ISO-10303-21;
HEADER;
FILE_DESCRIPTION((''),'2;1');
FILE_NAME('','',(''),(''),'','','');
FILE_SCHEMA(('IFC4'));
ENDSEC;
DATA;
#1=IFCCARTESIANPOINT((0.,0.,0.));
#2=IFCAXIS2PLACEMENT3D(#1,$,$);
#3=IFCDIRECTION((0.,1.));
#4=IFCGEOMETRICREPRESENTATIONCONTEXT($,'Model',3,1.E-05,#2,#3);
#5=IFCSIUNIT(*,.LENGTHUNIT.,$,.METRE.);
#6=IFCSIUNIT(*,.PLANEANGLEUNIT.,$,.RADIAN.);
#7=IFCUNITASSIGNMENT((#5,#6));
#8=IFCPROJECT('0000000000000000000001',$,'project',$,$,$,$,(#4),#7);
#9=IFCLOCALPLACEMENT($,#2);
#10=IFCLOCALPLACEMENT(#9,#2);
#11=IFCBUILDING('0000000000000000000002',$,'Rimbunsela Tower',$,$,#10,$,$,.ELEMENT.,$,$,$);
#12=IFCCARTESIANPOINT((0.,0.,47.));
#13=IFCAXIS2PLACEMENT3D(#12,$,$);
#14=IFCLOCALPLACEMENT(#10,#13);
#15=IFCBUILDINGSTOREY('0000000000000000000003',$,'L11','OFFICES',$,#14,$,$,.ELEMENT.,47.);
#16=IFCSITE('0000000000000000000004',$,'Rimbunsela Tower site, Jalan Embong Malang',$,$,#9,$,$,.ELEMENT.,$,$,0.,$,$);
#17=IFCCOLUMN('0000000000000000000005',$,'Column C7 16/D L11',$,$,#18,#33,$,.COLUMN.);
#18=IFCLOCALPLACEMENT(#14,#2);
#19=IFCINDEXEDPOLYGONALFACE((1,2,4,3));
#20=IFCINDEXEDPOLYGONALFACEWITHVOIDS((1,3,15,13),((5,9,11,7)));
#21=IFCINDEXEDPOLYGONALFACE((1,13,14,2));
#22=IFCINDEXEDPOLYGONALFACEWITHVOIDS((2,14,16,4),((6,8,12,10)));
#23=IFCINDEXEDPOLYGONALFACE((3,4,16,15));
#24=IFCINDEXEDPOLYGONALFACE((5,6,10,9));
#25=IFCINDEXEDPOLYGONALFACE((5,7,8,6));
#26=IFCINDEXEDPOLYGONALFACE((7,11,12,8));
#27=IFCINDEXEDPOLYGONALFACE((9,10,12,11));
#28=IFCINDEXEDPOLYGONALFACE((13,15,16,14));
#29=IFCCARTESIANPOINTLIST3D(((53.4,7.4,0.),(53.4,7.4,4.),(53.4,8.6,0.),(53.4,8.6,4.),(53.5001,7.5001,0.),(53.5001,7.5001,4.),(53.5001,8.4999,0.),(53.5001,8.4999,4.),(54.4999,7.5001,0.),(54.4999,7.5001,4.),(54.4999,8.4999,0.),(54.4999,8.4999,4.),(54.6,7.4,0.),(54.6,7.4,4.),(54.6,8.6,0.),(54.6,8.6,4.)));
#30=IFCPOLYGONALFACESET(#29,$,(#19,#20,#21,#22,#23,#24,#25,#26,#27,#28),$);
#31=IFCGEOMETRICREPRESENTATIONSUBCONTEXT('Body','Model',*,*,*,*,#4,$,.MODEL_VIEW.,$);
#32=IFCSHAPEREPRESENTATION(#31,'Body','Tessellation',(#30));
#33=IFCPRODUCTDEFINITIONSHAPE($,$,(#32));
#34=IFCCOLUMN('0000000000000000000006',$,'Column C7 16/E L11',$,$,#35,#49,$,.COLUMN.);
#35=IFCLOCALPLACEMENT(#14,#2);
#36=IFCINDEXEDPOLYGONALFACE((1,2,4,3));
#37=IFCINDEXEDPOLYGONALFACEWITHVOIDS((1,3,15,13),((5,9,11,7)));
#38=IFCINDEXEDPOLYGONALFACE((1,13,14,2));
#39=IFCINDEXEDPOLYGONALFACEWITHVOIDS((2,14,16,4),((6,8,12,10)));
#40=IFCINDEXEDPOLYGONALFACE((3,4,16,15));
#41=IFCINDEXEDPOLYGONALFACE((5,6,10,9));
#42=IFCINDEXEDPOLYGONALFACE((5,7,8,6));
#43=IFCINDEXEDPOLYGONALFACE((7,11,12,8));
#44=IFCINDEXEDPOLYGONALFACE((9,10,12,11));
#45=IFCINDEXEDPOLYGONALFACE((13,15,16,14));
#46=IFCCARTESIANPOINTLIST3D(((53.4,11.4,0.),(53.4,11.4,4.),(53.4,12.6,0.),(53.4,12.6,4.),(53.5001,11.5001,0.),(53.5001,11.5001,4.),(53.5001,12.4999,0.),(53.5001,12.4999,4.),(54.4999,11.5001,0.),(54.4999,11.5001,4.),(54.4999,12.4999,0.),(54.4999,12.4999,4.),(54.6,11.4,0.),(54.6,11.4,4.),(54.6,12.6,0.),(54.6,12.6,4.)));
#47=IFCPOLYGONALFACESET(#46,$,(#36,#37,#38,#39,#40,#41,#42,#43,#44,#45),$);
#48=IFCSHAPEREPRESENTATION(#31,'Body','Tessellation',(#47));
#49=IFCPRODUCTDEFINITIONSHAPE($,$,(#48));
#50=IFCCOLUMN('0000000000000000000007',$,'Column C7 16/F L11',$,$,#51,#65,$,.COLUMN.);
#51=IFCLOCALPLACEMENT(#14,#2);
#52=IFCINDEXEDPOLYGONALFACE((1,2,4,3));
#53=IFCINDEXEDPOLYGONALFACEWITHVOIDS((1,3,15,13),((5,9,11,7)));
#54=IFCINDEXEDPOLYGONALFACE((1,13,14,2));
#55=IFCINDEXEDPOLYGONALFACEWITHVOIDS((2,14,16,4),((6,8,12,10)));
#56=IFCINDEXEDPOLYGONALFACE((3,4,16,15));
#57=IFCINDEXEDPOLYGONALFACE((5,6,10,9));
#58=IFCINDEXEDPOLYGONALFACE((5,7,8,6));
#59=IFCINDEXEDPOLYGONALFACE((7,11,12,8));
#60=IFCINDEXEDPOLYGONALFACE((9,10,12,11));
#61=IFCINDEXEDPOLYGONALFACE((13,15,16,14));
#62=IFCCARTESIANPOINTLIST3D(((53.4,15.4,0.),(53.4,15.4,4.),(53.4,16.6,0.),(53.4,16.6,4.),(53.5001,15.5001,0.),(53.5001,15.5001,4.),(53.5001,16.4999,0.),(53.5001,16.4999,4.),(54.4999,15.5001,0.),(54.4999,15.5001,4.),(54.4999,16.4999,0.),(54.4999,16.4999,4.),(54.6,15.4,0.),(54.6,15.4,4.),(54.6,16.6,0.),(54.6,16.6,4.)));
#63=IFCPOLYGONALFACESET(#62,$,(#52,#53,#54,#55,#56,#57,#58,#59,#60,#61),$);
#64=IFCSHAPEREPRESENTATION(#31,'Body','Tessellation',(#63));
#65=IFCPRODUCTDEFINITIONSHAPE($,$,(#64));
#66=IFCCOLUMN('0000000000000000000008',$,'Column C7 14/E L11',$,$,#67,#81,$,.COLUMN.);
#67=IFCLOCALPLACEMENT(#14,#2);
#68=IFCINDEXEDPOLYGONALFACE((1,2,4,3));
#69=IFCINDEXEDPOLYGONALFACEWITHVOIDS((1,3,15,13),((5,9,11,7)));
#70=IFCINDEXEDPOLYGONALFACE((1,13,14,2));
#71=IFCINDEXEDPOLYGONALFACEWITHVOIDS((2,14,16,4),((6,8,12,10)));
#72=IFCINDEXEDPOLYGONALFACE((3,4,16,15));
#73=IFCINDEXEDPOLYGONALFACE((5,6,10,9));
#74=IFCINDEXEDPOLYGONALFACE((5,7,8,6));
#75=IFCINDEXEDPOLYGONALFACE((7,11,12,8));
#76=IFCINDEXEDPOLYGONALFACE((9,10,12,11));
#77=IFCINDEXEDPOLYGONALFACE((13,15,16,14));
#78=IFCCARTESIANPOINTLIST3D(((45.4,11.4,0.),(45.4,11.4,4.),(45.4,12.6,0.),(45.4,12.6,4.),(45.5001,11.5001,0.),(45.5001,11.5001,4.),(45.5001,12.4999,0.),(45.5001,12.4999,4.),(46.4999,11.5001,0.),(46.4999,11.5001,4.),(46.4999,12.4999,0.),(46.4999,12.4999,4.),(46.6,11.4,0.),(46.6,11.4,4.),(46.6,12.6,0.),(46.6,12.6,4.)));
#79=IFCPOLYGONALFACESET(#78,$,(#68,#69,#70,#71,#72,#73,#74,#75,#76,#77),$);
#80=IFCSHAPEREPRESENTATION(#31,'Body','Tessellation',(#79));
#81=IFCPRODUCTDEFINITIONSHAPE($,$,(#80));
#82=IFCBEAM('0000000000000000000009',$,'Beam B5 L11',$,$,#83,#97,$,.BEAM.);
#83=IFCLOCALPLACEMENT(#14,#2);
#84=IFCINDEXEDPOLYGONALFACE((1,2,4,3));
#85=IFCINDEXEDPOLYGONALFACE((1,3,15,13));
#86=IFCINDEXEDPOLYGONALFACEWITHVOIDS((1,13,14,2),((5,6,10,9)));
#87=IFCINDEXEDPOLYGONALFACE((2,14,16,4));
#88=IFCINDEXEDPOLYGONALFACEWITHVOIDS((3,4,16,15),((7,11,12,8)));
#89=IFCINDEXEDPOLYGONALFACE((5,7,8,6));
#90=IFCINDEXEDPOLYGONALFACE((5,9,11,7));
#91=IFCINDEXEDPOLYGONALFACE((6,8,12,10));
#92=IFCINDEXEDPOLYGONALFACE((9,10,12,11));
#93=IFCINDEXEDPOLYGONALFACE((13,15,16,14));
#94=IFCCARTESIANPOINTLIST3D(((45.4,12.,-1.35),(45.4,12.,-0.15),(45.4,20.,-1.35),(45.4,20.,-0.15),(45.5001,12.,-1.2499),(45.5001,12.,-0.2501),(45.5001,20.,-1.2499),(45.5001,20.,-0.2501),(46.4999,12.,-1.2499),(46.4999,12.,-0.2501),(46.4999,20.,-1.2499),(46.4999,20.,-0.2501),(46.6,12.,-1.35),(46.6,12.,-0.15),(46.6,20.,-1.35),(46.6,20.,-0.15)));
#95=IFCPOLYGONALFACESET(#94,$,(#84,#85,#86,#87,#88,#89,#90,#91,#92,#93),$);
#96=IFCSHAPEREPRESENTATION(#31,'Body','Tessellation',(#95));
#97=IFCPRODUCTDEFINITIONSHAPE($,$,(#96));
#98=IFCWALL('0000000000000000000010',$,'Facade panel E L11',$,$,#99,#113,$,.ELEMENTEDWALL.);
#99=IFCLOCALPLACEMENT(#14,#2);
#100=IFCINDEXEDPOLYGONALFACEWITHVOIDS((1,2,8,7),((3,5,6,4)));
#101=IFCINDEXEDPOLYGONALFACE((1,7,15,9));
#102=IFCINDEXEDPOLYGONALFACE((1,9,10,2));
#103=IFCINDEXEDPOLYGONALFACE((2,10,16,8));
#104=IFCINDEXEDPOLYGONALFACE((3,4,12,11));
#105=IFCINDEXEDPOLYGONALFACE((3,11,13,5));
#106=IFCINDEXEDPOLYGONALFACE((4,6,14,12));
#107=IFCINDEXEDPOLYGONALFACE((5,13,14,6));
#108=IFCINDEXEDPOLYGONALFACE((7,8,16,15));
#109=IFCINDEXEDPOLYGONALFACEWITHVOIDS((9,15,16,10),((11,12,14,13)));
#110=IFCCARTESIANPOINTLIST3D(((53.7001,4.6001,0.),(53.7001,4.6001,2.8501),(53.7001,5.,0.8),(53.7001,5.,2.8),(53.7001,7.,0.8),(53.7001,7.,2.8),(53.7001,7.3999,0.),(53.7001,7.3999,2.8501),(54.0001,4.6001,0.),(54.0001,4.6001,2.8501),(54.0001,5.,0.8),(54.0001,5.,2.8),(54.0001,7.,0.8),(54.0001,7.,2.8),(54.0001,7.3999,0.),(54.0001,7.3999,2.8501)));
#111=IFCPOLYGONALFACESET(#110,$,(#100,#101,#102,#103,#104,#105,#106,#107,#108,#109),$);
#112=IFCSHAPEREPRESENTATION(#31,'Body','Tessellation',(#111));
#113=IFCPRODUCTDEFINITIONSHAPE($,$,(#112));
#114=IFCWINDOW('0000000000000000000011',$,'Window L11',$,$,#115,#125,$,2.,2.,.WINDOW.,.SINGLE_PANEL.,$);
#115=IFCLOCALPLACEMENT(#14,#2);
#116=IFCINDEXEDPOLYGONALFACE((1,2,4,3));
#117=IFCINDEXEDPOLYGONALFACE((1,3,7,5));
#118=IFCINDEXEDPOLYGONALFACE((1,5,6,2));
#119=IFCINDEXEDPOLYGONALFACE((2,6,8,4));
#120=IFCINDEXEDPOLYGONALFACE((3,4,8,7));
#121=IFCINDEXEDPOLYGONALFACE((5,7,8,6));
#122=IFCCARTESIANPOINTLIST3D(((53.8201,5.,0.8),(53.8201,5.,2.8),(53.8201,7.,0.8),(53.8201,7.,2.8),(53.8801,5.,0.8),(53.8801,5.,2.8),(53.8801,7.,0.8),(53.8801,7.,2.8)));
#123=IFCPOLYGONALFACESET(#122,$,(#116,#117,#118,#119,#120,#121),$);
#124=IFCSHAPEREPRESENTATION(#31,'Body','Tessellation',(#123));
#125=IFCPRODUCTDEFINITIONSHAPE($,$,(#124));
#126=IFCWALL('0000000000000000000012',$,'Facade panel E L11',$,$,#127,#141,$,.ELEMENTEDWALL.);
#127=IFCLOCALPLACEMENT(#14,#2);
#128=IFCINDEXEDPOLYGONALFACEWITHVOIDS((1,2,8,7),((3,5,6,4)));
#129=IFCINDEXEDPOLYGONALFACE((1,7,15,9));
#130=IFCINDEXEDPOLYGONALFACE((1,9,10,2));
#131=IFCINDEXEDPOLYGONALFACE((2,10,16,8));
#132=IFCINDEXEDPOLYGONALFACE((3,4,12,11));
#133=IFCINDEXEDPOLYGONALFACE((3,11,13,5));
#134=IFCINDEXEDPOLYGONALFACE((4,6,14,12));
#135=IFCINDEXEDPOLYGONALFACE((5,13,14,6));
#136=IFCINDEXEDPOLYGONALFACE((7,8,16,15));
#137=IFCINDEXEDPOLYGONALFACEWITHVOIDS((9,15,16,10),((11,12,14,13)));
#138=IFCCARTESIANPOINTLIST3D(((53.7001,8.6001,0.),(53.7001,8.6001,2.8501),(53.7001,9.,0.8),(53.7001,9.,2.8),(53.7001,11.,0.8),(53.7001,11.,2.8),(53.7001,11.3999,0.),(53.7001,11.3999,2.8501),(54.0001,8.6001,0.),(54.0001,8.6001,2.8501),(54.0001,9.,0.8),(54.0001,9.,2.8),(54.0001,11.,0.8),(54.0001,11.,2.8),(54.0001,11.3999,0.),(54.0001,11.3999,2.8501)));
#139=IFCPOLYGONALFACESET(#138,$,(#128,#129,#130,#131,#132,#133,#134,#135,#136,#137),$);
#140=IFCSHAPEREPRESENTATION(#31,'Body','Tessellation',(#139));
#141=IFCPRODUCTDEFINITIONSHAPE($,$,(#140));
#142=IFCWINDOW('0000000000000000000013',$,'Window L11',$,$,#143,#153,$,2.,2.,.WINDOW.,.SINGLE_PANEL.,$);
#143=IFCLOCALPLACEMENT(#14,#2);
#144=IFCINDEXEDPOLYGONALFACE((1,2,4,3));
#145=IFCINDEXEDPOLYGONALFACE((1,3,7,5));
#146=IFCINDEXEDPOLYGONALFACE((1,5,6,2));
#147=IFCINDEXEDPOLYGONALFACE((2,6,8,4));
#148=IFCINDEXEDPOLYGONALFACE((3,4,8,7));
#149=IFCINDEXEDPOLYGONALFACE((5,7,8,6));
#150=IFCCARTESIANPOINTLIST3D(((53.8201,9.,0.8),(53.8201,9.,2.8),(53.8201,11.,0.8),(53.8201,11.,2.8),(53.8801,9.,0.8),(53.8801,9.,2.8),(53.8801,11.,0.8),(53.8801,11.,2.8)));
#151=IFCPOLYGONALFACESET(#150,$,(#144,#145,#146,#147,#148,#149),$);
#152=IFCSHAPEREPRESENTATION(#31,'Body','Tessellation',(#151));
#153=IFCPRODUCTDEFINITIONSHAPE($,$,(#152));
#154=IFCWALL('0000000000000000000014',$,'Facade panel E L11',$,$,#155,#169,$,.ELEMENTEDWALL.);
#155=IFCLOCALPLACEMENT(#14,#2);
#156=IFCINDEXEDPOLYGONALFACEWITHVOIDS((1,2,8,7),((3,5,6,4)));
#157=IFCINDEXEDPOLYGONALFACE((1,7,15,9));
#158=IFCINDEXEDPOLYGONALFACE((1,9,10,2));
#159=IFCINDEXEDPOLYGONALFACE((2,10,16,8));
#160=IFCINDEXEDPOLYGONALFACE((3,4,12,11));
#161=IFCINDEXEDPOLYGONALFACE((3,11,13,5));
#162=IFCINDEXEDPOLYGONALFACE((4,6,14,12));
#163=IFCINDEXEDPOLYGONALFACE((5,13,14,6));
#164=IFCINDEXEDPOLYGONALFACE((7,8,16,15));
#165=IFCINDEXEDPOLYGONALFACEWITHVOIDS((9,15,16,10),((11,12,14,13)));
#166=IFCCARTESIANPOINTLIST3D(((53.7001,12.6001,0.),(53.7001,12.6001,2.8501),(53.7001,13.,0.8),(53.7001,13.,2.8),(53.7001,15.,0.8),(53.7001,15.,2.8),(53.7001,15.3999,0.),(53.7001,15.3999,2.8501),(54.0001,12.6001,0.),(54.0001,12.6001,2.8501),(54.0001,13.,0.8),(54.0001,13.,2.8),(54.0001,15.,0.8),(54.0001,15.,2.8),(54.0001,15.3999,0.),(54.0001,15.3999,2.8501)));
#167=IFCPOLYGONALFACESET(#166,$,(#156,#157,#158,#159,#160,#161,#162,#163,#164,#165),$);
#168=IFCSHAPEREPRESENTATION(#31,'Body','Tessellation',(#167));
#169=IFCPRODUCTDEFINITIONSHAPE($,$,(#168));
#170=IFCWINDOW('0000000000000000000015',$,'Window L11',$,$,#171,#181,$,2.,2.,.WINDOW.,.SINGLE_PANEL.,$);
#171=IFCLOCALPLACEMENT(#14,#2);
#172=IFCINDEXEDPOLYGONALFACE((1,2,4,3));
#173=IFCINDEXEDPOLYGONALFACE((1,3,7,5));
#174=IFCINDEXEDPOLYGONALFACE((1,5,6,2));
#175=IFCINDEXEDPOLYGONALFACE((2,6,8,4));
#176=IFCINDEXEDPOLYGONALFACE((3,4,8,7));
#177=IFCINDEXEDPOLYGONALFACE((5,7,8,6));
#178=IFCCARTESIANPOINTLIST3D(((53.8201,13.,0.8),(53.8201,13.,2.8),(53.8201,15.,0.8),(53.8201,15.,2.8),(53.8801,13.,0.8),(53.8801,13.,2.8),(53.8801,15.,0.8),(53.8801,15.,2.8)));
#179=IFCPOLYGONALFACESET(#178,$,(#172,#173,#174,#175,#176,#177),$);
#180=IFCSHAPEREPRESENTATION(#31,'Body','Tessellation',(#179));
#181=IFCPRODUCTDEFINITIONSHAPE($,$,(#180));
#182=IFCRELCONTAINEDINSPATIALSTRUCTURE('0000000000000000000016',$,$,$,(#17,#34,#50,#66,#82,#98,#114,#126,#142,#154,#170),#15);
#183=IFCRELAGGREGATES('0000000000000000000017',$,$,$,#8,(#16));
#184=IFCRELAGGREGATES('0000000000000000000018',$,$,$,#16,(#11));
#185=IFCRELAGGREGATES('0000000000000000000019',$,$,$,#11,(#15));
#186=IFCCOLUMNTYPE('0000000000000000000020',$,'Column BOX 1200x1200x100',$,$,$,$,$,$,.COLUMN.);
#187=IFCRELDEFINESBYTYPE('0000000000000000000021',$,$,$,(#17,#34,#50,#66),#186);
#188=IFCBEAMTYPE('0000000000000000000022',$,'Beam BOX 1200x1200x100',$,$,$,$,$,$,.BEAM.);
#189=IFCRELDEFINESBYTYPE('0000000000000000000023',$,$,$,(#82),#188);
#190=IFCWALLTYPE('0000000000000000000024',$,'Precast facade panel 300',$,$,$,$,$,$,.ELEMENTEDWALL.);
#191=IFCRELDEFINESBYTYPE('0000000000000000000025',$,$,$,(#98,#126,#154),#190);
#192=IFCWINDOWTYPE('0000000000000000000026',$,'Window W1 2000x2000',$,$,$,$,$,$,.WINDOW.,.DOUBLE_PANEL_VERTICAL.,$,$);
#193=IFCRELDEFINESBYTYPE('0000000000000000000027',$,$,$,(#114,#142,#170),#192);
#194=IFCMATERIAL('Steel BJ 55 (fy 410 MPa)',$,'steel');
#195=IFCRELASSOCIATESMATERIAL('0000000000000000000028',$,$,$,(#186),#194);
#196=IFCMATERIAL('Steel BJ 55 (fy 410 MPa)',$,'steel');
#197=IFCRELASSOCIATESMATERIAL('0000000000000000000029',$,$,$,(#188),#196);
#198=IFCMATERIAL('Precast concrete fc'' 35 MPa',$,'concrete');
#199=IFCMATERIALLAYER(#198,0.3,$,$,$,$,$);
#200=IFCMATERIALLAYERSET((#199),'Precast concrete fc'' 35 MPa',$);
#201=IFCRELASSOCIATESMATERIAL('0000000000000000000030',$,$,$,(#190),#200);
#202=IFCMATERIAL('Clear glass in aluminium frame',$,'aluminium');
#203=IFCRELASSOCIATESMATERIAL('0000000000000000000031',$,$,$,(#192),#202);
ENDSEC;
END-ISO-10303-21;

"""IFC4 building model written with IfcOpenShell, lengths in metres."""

from ifc_helpers import new_model, si_unit, direction, frame, frame_2d, origin, origin_2d, place, context, subcontext, project, spatial, rectangle, hollow_rectangle, extrude, material, layer, layer_set, material_profile, profile_set, type_object, element, fill, save


model = new_model("IFC4")

# Units and contexts
model_context = context("Model", 3, precision=1e-05, world=origin(), true_north=direction((0.0, 1.0)))
body_context = subcontext(model_context, "Body", "Model", "MODEL_VIEW")
ifc_project = project(units=[si_unit("LENGTHUNIT", "METRE"), si_unit("PLANEANGLEUNIT", "RADIAN")], contexts=[model_context])

# Site, building, storey
site_placement = place(None, origin())
site = spatial("IfcSite", under=ifc_project, at=site_placement, Name="Rimbunsela Tower site, Jalan Embong Malang", CompositionType="ELEMENT", RefElevation=0.0)
building_placement = place(site_placement, origin())
building = spatial("IfcBuilding", under=site, at=building_placement, Name="Rimbunsela Tower", CompositionType="ELEMENT")
storey_placement = place(building_placement, frame((0.0, 0.0, 47.0)))
storey = spatial("IfcBuildingStorey", under=building, at=storey_placement, Name="L11", Description="OFFICES", CompositionType="ELEMENT", Elevation=47.0)

# Columns
ifc_material_1 = material(Name="Steel BJ 55 (fy 410 MPa)", Category="steel")
ifc_material_profile_1 = material_profile(ifc_material_1, hollow_rectangle(XDim=1.2, YDim=1.2, WallThickness=0.1001, at=origin_2d()), Name="BOX 1200x1200x100")
ifc_profile_set_1 = profile_set([ifc_material_profile_1], Name="Steel BJ 55 (fy 410 MPa)")
column_type = type_object("IfcColumnType", Name="Column BOX 1200x1200x100", PredefinedType="COLUMN", material=ifc_profile_set_1)
for number, where, z_axis, x_axis, name in (
    (1, (54.0, 8.0, 0.0), (0.0, 0.0, 1.0), (1.0, 0.0, 0.0), "Column C7 16/D L11"),
    (2, (54.0, 12.0, 0.0), (0.0, 0.0, 1.0), (1.0, 0.0, 0.0), "Column C7 16/E L11"),
    (3, (54.0, 16.0, 0.0), (0.0, 0.0, 1.0), (1.0, 0.0, 0.0), "Column C7 16/F L11"),
    (4, (46.0, 12.0, 0.0), (0.0, 0.0, 1.0), (1.0, 0.0, 0.0), "Column C7 14/E L11"),
):
    element("IfcColumn", number, at=place(storey_placement, frame(where, z_axis=z_axis, x_axis=x_axis)), inside=storey, type_object=column_type, Name=name, PredefinedType="COLUMN", context=body_context, shape_type="SweptSolid", body=[
        extrude(hollow_rectangle(XDim=1.2, YDim=1.2, WallThickness=0.1001, at=origin_2d()), origin(), (0.0, 0.0, 1.0), 4.0),
    ])

# Beam
ifc_material_2 = material(Name="Steel BJ 55 (fy 410 MPa)", Category="steel")
ifc_material_profile_2 = material_profile(ifc_material_2, hollow_rectangle(XDim=1.2, YDim=1.2, WallThickness=0.1001, at=origin_2d()), Name="BOX 1200x1200x100")
ifc_profile_set_2 = profile_set([ifc_material_profile_2], Name="Steel BJ 55 (fy 410 MPa)")
beam_type = type_object("IfcBeamType", Name="Beam BOX 1200x1200x100", PredefinedType="BEAM", material=ifc_profile_set_2)
beam_placement = place(storey_placement, frame((46.0, 12.0, -0.75), z_axis=(0.0, 1.0, 0.0), x_axis=(-1.0, 0.0, 0.0)))
element("IfcBeam", 5, at=beam_placement, inside=storey, type_object=beam_type, Name="Beam B5 L11", PredefinedType="BEAM", context=body_context, shape_type="SweptSolid", body=[
    extrude(hollow_rectangle(XDim=1.2, YDim=1.2, WallThickness=0.1001, at=origin_2d()), origin(), (0.0, 0.0, 1.0), 8.0),
])

# Walls, openings, windows
ifc_material_3 = material(Name="Precast concrete fc' 35 MPa", Category="concrete")
ifc_layer_1 = layer(ifc_material_3, 0.3)
ifc_layer_set_1 = layer_set([ifc_layer_1], Name="Precast concrete fc' 35 MPa")
wall_type_1 = type_object("IfcWallType", Name="Precast facade panel 300", PredefinedType="ELEMENTEDWALL", material=ifc_layer_set_1)
wall_1_placement = place(storey_placement, frame((53.8501, 4.6001, 0.0), z_axis=(0.0, 0.0, 1.0), x_axis=(0.0, 1.0, 0.0)))
wall_1 = element("IfcWall", 6, at=wall_1_placement, inside=storey, type_object=wall_type_1, Name="Facade panel E L11", PredefinedType="ELEMENTEDWALL", context=body_context, shape_type="SweptSolid", body=[
    extrude(rectangle(XDim=2.7998, YDim=0.3, at=frame_2d((1.3999, 0.0))), origin(), (0.0, 0.0, 1.0), 2.8501),
])
opening_1_placement = place(wall_1_placement, frame((0.3999, 0.0, 0.8)))
opening_1 = element("IfcOpeningElement", 7, at=opening_1_placement, cuts=wall_1, PredefinedType="OPENING", context=body_context, shape_type="SweptSolid", body=[
    extrude(rectangle(XDim=2.0, YDim=2.0, at=frame_2d((1.0, 1.0))), frame((0.0, 0.1599, 0.0), z_axis=(0.0, -1.0, 0.0), x_axis=(1.0, 0.0, 0.0)), (0.0, 0.0, 1.0), 0.3201),
])
ifc_material_4 = material(Name="Clear glass in aluminium frame", Category="aluminium")
window_type = type_object("IfcWindowType", Name="Window W1 2000x2000", PartitioningType="DOUBLE_PANEL_VERTICAL", PredefinedType="WINDOW", material=ifc_material_4)
window_1_placement = place(opening_1_placement, origin())
window_1 = element("IfcWindow", 8, at=window_1_placement, inside=storey, type_object=window_type, Name="Window L11", OverallHeight=2.0, OverallWidth=2.0, PartitioningType="SINGLE_PANEL", PredefinedType="WINDOW", context=body_context, shape_type="SweptSolid", body=[
    extrude(rectangle(XDim=2.0, YDim=2.0, at=frame_2d((1.0, 1.0))), frame((0.0, 0.03, 0.0), z_axis=(0.0, -1.0, 0.0), x_axis=(1.0, 0.0, 0.0)), (0.0, 0.0, 1.0), 0.0601),
])
fill(opening_1, window_1)
wall_2_placement = place(storey_placement, frame((53.8501, 8.6001, 0.0), z_axis=(0.0, 0.0, 1.0), x_axis=(0.0, 1.0, 0.0)))
wall_2 = element("IfcWall", 9, at=wall_2_placement, inside=storey, type_object=wall_type_1, Name="Facade panel E L11", PredefinedType="ELEMENTEDWALL", context=body_context, shape_type="SweptSolid", body=[
    extrude(rectangle(XDim=2.7998, YDim=0.3, at=frame_2d((1.3999, 0.0))), origin(), (0.0, 0.0, 1.0), 2.8501),
])
opening_2_placement = place(wall_2_placement, frame((0.3999, 0.0, 0.8)))
opening_2 = element("IfcOpeningElement", 10, at=opening_2_placement, cuts=wall_2, PredefinedType="OPENING", context=body_context, shape_type="SweptSolid", body=[
    extrude(rectangle(XDim=2.0, YDim=2.0, at=frame_2d((1.0, 1.0))), frame((0.0, 0.1599, 0.0), z_axis=(0.0, -1.0, 0.0), x_axis=(1.0, 0.0, 0.0)), (0.0, 0.0, 1.0), 0.3201),
])
window_2_placement = place(opening_2_placement, origin())
window_2 = element("IfcWindow", 11, at=window_2_placement, inside=storey, type_object=window_type, Name="Window L11", OverallHeight=2.0, OverallWidth=2.0, PartitioningType="SINGLE_PANEL", PredefinedType="WINDOW", context=body_context, shape_type="SweptSolid", body=[
    extrude(rectangle(XDim=2.0, YDim=2.0, at=frame_2d((1.0, 1.0))), frame((0.0, 0.03, 0.0), z_axis=(0.0, -1.0, 0.0), x_axis=(1.0, 0.0, 0.0)), (0.0, 0.0, 1.0), 0.0601),
])
fill(opening_2, window_2)
wall_3_placement = place(storey_placement, frame((53.8501, 12.6001, 0.0), z_axis=(0.0, 0.0, 1.0), x_axis=(0.0, 1.0, 0.0)))
wall_3 = element("IfcWall", 12, at=wall_3_placement, inside=storey, type_object=wall_type_1, Name="Facade panel E L11", PredefinedType="ELEMENTEDWALL", context=body_context, shape_type="SweptSolid", body=[
    extrude(rectangle(XDim=2.7998, YDim=0.3, at=frame_2d((1.3999, 0.0))), origin(), (0.0, 0.0, 1.0), 2.8501),
])
opening_3_placement = place(wall_3_placement, frame((0.3999, 0.0, 0.8)))
opening_3 = element("IfcOpeningElement", 13, at=opening_3_placement, cuts=wall_3, PredefinedType="OPENING", context=body_context, shape_type="SweptSolid", body=[
    extrude(rectangle(XDim=2.0, YDim=2.0, at=frame_2d((1.0, 1.0))), frame((0.0, 0.1599, 0.0), z_axis=(0.0, -1.0, 0.0), x_axis=(1.0, 0.0, 0.0)), (0.0, 0.0, 1.0), 0.3201),
])
window_3_placement = place(opening_3_placement, origin())
window_3 = element("IfcWindow", 14, at=window_3_placement, inside=storey, type_object=window_type, Name="Window L11", OverallHeight=2.0, OverallWidth=2.0, PartitioningType="SINGLE_PANEL", PredefinedType="WINDOW", context=body_context, shape_type="SweptSolid", body=[
    extrude(rectangle(XDim=2.0, YDim=2.0, at=frame_2d((1.0, 1.0))), frame((0.0, 0.03, 0.0), z_axis=(0.0, -1.0, 0.0), x_axis=(1.0, 0.0, 0.0)), (0.0, 0.0, 1.0), 0.0601),
])
fill(opening_3, window_3)

save(model, "model.ifc")
